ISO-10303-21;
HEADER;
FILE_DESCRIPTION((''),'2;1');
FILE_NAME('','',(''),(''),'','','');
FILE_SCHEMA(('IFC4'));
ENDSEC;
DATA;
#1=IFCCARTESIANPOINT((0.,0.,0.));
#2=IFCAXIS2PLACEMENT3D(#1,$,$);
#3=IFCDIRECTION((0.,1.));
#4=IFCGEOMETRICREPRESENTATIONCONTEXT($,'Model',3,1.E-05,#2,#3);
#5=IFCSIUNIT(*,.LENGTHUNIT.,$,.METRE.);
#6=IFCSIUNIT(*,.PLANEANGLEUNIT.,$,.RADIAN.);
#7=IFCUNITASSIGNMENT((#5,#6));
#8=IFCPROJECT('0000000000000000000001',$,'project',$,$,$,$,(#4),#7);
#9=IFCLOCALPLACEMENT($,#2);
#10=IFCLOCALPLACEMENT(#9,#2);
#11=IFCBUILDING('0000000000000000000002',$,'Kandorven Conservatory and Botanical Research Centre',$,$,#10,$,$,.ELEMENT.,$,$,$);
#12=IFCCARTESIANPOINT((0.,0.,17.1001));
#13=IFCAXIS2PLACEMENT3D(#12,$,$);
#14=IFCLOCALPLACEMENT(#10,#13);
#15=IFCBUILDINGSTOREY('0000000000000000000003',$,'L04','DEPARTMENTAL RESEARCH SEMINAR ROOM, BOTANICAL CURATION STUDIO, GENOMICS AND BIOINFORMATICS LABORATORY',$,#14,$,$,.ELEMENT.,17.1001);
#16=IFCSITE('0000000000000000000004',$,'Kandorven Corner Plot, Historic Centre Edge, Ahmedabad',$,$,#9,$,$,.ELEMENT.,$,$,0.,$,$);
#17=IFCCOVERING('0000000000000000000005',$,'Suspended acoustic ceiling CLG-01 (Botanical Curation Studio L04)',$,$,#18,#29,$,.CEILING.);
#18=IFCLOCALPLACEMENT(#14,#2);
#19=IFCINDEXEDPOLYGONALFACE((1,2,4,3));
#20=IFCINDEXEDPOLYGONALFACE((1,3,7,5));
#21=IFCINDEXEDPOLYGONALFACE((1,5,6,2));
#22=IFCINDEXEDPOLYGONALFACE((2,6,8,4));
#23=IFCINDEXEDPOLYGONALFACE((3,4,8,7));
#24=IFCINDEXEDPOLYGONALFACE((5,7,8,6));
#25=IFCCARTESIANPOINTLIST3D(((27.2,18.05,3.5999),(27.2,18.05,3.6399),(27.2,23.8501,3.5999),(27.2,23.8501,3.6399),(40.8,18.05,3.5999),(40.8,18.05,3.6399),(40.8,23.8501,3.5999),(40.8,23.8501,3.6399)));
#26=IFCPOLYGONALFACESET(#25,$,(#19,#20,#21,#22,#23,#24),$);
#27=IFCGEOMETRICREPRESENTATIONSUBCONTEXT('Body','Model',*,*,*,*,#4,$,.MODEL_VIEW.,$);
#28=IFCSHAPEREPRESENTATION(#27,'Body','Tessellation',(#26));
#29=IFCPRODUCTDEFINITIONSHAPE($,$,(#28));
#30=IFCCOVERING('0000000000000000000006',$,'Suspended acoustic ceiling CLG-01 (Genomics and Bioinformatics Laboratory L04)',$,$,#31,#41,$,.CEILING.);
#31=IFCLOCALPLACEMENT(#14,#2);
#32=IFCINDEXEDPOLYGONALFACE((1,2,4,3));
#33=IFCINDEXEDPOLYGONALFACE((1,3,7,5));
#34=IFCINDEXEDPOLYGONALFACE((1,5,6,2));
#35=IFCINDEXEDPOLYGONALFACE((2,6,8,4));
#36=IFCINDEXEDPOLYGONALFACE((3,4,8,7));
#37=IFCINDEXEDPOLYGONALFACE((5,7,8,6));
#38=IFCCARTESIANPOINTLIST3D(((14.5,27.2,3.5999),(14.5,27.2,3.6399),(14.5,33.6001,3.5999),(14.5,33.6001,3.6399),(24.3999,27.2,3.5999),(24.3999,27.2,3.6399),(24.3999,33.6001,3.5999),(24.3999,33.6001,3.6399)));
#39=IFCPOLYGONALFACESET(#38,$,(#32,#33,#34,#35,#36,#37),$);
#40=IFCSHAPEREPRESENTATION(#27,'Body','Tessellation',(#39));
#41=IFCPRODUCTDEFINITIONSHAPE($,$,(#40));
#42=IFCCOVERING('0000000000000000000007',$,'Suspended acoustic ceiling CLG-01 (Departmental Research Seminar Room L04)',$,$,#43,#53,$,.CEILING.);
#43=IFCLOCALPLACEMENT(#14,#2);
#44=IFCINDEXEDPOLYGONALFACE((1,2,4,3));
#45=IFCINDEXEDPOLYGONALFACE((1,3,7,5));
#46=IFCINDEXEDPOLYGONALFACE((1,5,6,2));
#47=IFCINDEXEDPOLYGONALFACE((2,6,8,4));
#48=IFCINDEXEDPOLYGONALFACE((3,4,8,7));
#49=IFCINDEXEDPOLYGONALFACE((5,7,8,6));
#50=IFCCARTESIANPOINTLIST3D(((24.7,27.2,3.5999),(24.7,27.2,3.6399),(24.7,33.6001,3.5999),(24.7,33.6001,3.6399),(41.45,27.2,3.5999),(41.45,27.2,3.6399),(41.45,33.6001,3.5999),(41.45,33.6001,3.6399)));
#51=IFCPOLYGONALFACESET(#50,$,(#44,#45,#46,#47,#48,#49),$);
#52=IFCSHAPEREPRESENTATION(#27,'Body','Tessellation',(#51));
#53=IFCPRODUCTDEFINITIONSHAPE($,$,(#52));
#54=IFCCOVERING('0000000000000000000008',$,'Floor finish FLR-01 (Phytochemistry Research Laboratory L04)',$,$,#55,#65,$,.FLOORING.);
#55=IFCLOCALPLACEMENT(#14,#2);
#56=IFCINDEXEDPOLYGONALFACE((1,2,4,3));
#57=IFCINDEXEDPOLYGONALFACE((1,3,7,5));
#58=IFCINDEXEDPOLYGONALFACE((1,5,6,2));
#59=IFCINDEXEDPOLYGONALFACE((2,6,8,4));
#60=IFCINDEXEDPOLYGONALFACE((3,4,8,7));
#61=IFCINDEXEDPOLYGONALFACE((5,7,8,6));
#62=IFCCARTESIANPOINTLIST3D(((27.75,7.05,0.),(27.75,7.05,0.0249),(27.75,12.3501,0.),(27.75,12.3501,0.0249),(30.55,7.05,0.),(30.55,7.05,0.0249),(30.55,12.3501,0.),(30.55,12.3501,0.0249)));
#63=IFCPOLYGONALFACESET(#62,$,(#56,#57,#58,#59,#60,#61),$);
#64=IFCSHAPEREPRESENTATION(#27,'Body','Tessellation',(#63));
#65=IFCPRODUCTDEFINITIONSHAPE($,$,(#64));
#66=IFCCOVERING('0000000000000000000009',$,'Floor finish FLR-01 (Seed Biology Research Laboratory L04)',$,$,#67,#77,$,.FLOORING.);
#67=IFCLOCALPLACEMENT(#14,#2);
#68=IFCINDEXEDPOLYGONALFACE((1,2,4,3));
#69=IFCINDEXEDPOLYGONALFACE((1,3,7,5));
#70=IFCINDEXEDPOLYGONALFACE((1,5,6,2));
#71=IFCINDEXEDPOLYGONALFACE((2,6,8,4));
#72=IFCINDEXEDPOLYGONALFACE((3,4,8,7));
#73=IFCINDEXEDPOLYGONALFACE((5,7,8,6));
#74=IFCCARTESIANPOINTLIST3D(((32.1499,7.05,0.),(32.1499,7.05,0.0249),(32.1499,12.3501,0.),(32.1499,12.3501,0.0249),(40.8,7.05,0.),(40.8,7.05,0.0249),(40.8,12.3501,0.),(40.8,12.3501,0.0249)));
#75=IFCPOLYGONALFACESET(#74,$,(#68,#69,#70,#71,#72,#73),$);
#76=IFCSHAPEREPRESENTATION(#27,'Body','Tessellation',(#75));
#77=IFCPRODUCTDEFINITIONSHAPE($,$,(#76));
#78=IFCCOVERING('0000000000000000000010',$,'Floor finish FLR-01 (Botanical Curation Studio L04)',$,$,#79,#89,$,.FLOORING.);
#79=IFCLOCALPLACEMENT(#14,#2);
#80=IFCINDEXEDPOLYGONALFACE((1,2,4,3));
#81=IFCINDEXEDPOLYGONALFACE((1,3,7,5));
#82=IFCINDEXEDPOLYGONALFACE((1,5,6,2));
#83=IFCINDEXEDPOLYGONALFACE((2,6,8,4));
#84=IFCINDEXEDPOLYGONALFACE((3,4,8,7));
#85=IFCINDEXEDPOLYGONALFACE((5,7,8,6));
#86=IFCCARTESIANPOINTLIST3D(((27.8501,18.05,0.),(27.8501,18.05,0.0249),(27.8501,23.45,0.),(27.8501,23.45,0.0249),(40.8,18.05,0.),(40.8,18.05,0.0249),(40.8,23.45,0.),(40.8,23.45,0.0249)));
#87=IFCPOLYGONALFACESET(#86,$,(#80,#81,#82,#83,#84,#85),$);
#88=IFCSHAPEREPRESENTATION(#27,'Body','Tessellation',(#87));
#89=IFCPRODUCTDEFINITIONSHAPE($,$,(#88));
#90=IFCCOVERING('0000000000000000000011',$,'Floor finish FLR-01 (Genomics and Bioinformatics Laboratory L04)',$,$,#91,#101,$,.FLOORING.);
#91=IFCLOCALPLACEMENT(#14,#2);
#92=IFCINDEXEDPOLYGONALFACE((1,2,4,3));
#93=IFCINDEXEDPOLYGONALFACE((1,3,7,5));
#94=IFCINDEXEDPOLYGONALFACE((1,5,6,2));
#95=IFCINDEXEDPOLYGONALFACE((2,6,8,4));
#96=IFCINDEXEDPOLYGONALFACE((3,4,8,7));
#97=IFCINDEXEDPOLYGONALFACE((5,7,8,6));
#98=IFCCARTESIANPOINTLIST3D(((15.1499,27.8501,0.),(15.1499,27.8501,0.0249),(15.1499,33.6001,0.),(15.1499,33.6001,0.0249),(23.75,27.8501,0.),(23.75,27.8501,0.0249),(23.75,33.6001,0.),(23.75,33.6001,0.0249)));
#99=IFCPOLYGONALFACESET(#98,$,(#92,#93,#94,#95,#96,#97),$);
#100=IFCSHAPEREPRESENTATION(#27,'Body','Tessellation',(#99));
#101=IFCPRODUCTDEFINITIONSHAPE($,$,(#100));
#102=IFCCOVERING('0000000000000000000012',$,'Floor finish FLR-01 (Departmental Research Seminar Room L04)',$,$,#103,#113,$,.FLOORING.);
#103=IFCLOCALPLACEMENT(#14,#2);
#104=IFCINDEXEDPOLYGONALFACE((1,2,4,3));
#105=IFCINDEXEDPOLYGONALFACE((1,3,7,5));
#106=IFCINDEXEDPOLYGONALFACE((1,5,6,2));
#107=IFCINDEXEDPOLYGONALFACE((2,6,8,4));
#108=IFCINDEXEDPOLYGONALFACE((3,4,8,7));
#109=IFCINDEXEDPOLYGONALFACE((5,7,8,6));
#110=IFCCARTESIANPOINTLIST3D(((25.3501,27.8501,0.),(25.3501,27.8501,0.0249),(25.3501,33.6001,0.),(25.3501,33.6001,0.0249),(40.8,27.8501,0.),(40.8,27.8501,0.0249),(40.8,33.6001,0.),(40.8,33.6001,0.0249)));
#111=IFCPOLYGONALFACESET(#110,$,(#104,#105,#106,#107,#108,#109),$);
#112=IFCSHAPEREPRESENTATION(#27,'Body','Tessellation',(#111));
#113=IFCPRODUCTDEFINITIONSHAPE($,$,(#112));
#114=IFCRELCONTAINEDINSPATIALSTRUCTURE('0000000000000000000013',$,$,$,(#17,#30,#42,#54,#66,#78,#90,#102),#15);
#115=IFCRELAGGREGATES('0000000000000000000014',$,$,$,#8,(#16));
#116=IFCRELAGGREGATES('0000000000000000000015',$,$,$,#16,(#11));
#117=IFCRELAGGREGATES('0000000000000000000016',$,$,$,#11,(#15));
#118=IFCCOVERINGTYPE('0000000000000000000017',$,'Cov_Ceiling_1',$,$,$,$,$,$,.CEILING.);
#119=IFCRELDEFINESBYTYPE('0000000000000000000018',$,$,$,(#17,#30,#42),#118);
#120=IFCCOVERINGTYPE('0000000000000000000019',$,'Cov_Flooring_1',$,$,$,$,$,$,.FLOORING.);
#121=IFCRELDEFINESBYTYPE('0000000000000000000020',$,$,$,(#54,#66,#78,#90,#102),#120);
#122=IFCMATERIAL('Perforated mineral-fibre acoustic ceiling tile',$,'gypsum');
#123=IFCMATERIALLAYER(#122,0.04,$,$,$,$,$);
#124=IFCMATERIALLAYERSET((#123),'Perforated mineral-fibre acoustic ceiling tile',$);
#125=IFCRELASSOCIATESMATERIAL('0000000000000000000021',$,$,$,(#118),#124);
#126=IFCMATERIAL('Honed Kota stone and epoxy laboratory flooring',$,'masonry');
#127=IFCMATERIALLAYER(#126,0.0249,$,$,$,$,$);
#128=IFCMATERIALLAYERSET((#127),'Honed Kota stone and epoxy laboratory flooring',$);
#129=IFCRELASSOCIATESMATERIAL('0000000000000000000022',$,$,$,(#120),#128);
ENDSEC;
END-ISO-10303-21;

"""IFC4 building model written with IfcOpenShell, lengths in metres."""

from ifc_helpers import new_model, si_unit, direction, frame, origin, place, context, subcontext, project, spatial, polyline, outline, extrude, material, layer, layer_set, type_object, element, save


model = new_model("IFC4")

# Units and contexts
model_context = context("Model", 3, precision=1e-05, world=origin(), true_north=direction((0.0, 1.0)))
body_context = subcontext(model_context, "Body", "Model", "MODEL_VIEW")
ifc_project = project(units=[si_unit("LENGTHUNIT", "METRE"), si_unit("PLANEANGLEUNIT", "RADIAN")], contexts=[model_context])

# Site, building, storey
site_placement = place(None, origin())
site = spatial("IfcSite", under=ifc_project, at=site_placement, Name="Kandorven Corner Plot, Historic Centre Edge, Ahmedabad", CompositionType="ELEMENT", RefElevation=0.0)
building_placement = place(site_placement, origin())
building = spatial("IfcBuilding", under=site, at=building_placement, Name="Kandorven Conservatory and Botanical Research Centre", CompositionType="ELEMENT")
storey_placement = place(building_placement, frame((0.0, 0.0, 17.1001)))
storey = spatial("IfcBuildingStorey", under=building, at=storey_placement, Name="L04", Description="DEPARTMENTAL RESEARCH SEMINAR ROOM, BOTANICAL CURATION STUDIO, GENOMICS AND BIOINFORMATICS LABORATORY", CompositionType="ELEMENT", Elevation=17.1001)

# Coverings
ifc_material_1 = material(Name="Perforated mineral-fibre acoustic ceiling tile", Category="gypsum")
ifc_layer_1 = layer(ifc_material_1, 0.04)
ifc_layer_set_1 = layer_set([ifc_layer_1], Name="Perforated mineral-fibre acoustic ceiling tile")
covering_type_1 = type_object("IfcCoveringType", Name="Cov_Ceiling_1", PredefinedType="CEILING", material=ifc_layer_set_1)
covering_1_placement = place(storey_placement, frame((0.0, 0.0, 3.5999)))
element("IfcCovering", 1, at=covering_1_placement, inside=storey, type_object=covering_type_1, Name="Suspended acoustic ceiling CLG-01 (Botanical Curation Studio L04)", PredefinedType="CEILING", context=body_context, shape_type="SweptSolid", body=[
    extrude(outline(polyline([(27.2, 18.05), (40.8, 18.05), (40.8, 23.8501), (27.2, 23.8501), (27.2, 18.05)])), origin(), (0.0, 0.0, 1.0), 0.04),
])
covering_2_placement = place(storey_placement, frame((0.0, 0.0, 3.5999)))
element("IfcCovering", 2, at=covering_2_placement, inside=storey, type_object=covering_type_1, Name="Suspended acoustic ceiling CLG-01 (Genomics and Bioinformatics Laboratory L04)", PredefinedType="CEILING", context=body_context, shape_type="SweptSolid", body=[
    extrude(outline(polyline([(14.5, 27.2), (24.3999, 27.2), (24.3999, 33.6001), (14.5, 33.6001), (14.5, 27.2)])), origin(), (0.0, 0.0, 1.0), 0.04),
])
covering_3_placement = place(storey_placement, frame((0.0, 0.0, 3.5999)))
element("IfcCovering", 3, at=covering_3_placement, inside=storey, type_object=covering_type_1, Name="Suspended acoustic ceiling CLG-01 (Departmental Research Seminar Room L04)", PredefinedType="CEILING", context=body_context, shape_type="SweptSolid", body=[
    extrude(outline(polyline([(24.7, 27.2), (41.45, 27.2), (41.45, 33.6001), (24.7, 33.6001), (24.7, 27.2)])), origin(), (0.0, 0.0, 1.0), 0.04),
])
ifc_material_2 = material(Name="Honed Kota stone and epoxy laboratory flooring", Category="masonry")
ifc_layer_2 = layer(ifc_material_2, 0.0249)
ifc_layer_set_2 = layer_set([ifc_layer_2], Name="Honed Kota stone and epoxy laboratory flooring")
covering_type_2 = type_object("IfcCoveringType", Name="Cov_Flooring_1", PredefinedType="FLOORING", material=ifc_layer_set_2)
covering_4_placement = place(storey_placement, origin())
element("IfcCovering", 4, at=covering_4_placement, inside=storey, type_object=covering_type_2, Name="Floor finish FLR-01 (Phytochemistry Research Laboratory L04)", PredefinedType="FLOORING", context=body_context, shape_type="SweptSolid", body=[
    extrude(outline(polyline([(27.75, 7.05), (30.55, 7.05), (30.55, 12.3501), (27.75, 12.3501), (27.75, 7.05)])), origin(), (0.0, 0.0, 1.0), 0.0249),
])
covering_5_placement = place(storey_placement, origin())
element("IfcCovering", 5, at=covering_5_placement, inside=storey, type_object=covering_type_2, Name="Floor finish FLR-01 (Seed Biology Research Laboratory L04)", PredefinedType="FLOORING", context=body_context, shape_type="SweptSolid", body=[
    extrude(outline(polyline([(32.1499, 7.05), (40.8, 7.05), (40.8, 12.3501), (32.1499, 12.3501), (32.1499, 7.05)])), origin(), (0.0, 0.0, 1.0), 0.0249),
])
covering_6_placement = place(storey_placement, origin())
element("IfcCovering", 6, at=covering_6_placement, inside=storey, type_object=covering_type_2, Name="Floor finish FLR-01 (Botanical Curation Studio L04)", PredefinedType="FLOORING", context=body_context, shape_type="SweptSolid", body=[
    extrude(outline(polyline([(27.8501, 18.05), (40.8, 18.05), (40.8, 23.45), (27.8501, 23.45), (27.8501, 18.05)])), origin(), (0.0, 0.0, 1.0), 0.0249),
])
covering_7_placement = place(storey_placement, origin())
element("IfcCovering", 7, at=covering_7_placement, inside=storey, type_object=covering_type_2, Name="Floor finish FLR-01 (Genomics and Bioinformatics Laboratory L04)", PredefinedType="FLOORING", context=body_context, shape_type="SweptSolid", body=[
    extrude(outline(polyline([(15.1499, 27.8501), (23.75, 27.8501), (23.75, 33.6001), (15.1499, 33.6001), (15.1499, 27.8501)])), origin(), (0.0, 0.0, 1.0), 0.0249),
])
covering_8_placement = place(storey_placement, origin())
element("IfcCovering", 8, at=covering_8_placement, inside=storey, type_object=covering_type_2, Name="Floor finish FLR-01 (Departmental Research Seminar Room L04)", PredefinedType="FLOORING", context=body_context, shape_type="SweptSolid", body=[
    extrude(outline(polyline([(25.3501, 27.8501), (40.8, 27.8501), (40.8, 33.6001), (25.3501, 33.6001), (25.3501, 27.8501)])), origin(), (0.0, 0.0, 1.0), 0.0249),
])

save(model, "model.ifc")
